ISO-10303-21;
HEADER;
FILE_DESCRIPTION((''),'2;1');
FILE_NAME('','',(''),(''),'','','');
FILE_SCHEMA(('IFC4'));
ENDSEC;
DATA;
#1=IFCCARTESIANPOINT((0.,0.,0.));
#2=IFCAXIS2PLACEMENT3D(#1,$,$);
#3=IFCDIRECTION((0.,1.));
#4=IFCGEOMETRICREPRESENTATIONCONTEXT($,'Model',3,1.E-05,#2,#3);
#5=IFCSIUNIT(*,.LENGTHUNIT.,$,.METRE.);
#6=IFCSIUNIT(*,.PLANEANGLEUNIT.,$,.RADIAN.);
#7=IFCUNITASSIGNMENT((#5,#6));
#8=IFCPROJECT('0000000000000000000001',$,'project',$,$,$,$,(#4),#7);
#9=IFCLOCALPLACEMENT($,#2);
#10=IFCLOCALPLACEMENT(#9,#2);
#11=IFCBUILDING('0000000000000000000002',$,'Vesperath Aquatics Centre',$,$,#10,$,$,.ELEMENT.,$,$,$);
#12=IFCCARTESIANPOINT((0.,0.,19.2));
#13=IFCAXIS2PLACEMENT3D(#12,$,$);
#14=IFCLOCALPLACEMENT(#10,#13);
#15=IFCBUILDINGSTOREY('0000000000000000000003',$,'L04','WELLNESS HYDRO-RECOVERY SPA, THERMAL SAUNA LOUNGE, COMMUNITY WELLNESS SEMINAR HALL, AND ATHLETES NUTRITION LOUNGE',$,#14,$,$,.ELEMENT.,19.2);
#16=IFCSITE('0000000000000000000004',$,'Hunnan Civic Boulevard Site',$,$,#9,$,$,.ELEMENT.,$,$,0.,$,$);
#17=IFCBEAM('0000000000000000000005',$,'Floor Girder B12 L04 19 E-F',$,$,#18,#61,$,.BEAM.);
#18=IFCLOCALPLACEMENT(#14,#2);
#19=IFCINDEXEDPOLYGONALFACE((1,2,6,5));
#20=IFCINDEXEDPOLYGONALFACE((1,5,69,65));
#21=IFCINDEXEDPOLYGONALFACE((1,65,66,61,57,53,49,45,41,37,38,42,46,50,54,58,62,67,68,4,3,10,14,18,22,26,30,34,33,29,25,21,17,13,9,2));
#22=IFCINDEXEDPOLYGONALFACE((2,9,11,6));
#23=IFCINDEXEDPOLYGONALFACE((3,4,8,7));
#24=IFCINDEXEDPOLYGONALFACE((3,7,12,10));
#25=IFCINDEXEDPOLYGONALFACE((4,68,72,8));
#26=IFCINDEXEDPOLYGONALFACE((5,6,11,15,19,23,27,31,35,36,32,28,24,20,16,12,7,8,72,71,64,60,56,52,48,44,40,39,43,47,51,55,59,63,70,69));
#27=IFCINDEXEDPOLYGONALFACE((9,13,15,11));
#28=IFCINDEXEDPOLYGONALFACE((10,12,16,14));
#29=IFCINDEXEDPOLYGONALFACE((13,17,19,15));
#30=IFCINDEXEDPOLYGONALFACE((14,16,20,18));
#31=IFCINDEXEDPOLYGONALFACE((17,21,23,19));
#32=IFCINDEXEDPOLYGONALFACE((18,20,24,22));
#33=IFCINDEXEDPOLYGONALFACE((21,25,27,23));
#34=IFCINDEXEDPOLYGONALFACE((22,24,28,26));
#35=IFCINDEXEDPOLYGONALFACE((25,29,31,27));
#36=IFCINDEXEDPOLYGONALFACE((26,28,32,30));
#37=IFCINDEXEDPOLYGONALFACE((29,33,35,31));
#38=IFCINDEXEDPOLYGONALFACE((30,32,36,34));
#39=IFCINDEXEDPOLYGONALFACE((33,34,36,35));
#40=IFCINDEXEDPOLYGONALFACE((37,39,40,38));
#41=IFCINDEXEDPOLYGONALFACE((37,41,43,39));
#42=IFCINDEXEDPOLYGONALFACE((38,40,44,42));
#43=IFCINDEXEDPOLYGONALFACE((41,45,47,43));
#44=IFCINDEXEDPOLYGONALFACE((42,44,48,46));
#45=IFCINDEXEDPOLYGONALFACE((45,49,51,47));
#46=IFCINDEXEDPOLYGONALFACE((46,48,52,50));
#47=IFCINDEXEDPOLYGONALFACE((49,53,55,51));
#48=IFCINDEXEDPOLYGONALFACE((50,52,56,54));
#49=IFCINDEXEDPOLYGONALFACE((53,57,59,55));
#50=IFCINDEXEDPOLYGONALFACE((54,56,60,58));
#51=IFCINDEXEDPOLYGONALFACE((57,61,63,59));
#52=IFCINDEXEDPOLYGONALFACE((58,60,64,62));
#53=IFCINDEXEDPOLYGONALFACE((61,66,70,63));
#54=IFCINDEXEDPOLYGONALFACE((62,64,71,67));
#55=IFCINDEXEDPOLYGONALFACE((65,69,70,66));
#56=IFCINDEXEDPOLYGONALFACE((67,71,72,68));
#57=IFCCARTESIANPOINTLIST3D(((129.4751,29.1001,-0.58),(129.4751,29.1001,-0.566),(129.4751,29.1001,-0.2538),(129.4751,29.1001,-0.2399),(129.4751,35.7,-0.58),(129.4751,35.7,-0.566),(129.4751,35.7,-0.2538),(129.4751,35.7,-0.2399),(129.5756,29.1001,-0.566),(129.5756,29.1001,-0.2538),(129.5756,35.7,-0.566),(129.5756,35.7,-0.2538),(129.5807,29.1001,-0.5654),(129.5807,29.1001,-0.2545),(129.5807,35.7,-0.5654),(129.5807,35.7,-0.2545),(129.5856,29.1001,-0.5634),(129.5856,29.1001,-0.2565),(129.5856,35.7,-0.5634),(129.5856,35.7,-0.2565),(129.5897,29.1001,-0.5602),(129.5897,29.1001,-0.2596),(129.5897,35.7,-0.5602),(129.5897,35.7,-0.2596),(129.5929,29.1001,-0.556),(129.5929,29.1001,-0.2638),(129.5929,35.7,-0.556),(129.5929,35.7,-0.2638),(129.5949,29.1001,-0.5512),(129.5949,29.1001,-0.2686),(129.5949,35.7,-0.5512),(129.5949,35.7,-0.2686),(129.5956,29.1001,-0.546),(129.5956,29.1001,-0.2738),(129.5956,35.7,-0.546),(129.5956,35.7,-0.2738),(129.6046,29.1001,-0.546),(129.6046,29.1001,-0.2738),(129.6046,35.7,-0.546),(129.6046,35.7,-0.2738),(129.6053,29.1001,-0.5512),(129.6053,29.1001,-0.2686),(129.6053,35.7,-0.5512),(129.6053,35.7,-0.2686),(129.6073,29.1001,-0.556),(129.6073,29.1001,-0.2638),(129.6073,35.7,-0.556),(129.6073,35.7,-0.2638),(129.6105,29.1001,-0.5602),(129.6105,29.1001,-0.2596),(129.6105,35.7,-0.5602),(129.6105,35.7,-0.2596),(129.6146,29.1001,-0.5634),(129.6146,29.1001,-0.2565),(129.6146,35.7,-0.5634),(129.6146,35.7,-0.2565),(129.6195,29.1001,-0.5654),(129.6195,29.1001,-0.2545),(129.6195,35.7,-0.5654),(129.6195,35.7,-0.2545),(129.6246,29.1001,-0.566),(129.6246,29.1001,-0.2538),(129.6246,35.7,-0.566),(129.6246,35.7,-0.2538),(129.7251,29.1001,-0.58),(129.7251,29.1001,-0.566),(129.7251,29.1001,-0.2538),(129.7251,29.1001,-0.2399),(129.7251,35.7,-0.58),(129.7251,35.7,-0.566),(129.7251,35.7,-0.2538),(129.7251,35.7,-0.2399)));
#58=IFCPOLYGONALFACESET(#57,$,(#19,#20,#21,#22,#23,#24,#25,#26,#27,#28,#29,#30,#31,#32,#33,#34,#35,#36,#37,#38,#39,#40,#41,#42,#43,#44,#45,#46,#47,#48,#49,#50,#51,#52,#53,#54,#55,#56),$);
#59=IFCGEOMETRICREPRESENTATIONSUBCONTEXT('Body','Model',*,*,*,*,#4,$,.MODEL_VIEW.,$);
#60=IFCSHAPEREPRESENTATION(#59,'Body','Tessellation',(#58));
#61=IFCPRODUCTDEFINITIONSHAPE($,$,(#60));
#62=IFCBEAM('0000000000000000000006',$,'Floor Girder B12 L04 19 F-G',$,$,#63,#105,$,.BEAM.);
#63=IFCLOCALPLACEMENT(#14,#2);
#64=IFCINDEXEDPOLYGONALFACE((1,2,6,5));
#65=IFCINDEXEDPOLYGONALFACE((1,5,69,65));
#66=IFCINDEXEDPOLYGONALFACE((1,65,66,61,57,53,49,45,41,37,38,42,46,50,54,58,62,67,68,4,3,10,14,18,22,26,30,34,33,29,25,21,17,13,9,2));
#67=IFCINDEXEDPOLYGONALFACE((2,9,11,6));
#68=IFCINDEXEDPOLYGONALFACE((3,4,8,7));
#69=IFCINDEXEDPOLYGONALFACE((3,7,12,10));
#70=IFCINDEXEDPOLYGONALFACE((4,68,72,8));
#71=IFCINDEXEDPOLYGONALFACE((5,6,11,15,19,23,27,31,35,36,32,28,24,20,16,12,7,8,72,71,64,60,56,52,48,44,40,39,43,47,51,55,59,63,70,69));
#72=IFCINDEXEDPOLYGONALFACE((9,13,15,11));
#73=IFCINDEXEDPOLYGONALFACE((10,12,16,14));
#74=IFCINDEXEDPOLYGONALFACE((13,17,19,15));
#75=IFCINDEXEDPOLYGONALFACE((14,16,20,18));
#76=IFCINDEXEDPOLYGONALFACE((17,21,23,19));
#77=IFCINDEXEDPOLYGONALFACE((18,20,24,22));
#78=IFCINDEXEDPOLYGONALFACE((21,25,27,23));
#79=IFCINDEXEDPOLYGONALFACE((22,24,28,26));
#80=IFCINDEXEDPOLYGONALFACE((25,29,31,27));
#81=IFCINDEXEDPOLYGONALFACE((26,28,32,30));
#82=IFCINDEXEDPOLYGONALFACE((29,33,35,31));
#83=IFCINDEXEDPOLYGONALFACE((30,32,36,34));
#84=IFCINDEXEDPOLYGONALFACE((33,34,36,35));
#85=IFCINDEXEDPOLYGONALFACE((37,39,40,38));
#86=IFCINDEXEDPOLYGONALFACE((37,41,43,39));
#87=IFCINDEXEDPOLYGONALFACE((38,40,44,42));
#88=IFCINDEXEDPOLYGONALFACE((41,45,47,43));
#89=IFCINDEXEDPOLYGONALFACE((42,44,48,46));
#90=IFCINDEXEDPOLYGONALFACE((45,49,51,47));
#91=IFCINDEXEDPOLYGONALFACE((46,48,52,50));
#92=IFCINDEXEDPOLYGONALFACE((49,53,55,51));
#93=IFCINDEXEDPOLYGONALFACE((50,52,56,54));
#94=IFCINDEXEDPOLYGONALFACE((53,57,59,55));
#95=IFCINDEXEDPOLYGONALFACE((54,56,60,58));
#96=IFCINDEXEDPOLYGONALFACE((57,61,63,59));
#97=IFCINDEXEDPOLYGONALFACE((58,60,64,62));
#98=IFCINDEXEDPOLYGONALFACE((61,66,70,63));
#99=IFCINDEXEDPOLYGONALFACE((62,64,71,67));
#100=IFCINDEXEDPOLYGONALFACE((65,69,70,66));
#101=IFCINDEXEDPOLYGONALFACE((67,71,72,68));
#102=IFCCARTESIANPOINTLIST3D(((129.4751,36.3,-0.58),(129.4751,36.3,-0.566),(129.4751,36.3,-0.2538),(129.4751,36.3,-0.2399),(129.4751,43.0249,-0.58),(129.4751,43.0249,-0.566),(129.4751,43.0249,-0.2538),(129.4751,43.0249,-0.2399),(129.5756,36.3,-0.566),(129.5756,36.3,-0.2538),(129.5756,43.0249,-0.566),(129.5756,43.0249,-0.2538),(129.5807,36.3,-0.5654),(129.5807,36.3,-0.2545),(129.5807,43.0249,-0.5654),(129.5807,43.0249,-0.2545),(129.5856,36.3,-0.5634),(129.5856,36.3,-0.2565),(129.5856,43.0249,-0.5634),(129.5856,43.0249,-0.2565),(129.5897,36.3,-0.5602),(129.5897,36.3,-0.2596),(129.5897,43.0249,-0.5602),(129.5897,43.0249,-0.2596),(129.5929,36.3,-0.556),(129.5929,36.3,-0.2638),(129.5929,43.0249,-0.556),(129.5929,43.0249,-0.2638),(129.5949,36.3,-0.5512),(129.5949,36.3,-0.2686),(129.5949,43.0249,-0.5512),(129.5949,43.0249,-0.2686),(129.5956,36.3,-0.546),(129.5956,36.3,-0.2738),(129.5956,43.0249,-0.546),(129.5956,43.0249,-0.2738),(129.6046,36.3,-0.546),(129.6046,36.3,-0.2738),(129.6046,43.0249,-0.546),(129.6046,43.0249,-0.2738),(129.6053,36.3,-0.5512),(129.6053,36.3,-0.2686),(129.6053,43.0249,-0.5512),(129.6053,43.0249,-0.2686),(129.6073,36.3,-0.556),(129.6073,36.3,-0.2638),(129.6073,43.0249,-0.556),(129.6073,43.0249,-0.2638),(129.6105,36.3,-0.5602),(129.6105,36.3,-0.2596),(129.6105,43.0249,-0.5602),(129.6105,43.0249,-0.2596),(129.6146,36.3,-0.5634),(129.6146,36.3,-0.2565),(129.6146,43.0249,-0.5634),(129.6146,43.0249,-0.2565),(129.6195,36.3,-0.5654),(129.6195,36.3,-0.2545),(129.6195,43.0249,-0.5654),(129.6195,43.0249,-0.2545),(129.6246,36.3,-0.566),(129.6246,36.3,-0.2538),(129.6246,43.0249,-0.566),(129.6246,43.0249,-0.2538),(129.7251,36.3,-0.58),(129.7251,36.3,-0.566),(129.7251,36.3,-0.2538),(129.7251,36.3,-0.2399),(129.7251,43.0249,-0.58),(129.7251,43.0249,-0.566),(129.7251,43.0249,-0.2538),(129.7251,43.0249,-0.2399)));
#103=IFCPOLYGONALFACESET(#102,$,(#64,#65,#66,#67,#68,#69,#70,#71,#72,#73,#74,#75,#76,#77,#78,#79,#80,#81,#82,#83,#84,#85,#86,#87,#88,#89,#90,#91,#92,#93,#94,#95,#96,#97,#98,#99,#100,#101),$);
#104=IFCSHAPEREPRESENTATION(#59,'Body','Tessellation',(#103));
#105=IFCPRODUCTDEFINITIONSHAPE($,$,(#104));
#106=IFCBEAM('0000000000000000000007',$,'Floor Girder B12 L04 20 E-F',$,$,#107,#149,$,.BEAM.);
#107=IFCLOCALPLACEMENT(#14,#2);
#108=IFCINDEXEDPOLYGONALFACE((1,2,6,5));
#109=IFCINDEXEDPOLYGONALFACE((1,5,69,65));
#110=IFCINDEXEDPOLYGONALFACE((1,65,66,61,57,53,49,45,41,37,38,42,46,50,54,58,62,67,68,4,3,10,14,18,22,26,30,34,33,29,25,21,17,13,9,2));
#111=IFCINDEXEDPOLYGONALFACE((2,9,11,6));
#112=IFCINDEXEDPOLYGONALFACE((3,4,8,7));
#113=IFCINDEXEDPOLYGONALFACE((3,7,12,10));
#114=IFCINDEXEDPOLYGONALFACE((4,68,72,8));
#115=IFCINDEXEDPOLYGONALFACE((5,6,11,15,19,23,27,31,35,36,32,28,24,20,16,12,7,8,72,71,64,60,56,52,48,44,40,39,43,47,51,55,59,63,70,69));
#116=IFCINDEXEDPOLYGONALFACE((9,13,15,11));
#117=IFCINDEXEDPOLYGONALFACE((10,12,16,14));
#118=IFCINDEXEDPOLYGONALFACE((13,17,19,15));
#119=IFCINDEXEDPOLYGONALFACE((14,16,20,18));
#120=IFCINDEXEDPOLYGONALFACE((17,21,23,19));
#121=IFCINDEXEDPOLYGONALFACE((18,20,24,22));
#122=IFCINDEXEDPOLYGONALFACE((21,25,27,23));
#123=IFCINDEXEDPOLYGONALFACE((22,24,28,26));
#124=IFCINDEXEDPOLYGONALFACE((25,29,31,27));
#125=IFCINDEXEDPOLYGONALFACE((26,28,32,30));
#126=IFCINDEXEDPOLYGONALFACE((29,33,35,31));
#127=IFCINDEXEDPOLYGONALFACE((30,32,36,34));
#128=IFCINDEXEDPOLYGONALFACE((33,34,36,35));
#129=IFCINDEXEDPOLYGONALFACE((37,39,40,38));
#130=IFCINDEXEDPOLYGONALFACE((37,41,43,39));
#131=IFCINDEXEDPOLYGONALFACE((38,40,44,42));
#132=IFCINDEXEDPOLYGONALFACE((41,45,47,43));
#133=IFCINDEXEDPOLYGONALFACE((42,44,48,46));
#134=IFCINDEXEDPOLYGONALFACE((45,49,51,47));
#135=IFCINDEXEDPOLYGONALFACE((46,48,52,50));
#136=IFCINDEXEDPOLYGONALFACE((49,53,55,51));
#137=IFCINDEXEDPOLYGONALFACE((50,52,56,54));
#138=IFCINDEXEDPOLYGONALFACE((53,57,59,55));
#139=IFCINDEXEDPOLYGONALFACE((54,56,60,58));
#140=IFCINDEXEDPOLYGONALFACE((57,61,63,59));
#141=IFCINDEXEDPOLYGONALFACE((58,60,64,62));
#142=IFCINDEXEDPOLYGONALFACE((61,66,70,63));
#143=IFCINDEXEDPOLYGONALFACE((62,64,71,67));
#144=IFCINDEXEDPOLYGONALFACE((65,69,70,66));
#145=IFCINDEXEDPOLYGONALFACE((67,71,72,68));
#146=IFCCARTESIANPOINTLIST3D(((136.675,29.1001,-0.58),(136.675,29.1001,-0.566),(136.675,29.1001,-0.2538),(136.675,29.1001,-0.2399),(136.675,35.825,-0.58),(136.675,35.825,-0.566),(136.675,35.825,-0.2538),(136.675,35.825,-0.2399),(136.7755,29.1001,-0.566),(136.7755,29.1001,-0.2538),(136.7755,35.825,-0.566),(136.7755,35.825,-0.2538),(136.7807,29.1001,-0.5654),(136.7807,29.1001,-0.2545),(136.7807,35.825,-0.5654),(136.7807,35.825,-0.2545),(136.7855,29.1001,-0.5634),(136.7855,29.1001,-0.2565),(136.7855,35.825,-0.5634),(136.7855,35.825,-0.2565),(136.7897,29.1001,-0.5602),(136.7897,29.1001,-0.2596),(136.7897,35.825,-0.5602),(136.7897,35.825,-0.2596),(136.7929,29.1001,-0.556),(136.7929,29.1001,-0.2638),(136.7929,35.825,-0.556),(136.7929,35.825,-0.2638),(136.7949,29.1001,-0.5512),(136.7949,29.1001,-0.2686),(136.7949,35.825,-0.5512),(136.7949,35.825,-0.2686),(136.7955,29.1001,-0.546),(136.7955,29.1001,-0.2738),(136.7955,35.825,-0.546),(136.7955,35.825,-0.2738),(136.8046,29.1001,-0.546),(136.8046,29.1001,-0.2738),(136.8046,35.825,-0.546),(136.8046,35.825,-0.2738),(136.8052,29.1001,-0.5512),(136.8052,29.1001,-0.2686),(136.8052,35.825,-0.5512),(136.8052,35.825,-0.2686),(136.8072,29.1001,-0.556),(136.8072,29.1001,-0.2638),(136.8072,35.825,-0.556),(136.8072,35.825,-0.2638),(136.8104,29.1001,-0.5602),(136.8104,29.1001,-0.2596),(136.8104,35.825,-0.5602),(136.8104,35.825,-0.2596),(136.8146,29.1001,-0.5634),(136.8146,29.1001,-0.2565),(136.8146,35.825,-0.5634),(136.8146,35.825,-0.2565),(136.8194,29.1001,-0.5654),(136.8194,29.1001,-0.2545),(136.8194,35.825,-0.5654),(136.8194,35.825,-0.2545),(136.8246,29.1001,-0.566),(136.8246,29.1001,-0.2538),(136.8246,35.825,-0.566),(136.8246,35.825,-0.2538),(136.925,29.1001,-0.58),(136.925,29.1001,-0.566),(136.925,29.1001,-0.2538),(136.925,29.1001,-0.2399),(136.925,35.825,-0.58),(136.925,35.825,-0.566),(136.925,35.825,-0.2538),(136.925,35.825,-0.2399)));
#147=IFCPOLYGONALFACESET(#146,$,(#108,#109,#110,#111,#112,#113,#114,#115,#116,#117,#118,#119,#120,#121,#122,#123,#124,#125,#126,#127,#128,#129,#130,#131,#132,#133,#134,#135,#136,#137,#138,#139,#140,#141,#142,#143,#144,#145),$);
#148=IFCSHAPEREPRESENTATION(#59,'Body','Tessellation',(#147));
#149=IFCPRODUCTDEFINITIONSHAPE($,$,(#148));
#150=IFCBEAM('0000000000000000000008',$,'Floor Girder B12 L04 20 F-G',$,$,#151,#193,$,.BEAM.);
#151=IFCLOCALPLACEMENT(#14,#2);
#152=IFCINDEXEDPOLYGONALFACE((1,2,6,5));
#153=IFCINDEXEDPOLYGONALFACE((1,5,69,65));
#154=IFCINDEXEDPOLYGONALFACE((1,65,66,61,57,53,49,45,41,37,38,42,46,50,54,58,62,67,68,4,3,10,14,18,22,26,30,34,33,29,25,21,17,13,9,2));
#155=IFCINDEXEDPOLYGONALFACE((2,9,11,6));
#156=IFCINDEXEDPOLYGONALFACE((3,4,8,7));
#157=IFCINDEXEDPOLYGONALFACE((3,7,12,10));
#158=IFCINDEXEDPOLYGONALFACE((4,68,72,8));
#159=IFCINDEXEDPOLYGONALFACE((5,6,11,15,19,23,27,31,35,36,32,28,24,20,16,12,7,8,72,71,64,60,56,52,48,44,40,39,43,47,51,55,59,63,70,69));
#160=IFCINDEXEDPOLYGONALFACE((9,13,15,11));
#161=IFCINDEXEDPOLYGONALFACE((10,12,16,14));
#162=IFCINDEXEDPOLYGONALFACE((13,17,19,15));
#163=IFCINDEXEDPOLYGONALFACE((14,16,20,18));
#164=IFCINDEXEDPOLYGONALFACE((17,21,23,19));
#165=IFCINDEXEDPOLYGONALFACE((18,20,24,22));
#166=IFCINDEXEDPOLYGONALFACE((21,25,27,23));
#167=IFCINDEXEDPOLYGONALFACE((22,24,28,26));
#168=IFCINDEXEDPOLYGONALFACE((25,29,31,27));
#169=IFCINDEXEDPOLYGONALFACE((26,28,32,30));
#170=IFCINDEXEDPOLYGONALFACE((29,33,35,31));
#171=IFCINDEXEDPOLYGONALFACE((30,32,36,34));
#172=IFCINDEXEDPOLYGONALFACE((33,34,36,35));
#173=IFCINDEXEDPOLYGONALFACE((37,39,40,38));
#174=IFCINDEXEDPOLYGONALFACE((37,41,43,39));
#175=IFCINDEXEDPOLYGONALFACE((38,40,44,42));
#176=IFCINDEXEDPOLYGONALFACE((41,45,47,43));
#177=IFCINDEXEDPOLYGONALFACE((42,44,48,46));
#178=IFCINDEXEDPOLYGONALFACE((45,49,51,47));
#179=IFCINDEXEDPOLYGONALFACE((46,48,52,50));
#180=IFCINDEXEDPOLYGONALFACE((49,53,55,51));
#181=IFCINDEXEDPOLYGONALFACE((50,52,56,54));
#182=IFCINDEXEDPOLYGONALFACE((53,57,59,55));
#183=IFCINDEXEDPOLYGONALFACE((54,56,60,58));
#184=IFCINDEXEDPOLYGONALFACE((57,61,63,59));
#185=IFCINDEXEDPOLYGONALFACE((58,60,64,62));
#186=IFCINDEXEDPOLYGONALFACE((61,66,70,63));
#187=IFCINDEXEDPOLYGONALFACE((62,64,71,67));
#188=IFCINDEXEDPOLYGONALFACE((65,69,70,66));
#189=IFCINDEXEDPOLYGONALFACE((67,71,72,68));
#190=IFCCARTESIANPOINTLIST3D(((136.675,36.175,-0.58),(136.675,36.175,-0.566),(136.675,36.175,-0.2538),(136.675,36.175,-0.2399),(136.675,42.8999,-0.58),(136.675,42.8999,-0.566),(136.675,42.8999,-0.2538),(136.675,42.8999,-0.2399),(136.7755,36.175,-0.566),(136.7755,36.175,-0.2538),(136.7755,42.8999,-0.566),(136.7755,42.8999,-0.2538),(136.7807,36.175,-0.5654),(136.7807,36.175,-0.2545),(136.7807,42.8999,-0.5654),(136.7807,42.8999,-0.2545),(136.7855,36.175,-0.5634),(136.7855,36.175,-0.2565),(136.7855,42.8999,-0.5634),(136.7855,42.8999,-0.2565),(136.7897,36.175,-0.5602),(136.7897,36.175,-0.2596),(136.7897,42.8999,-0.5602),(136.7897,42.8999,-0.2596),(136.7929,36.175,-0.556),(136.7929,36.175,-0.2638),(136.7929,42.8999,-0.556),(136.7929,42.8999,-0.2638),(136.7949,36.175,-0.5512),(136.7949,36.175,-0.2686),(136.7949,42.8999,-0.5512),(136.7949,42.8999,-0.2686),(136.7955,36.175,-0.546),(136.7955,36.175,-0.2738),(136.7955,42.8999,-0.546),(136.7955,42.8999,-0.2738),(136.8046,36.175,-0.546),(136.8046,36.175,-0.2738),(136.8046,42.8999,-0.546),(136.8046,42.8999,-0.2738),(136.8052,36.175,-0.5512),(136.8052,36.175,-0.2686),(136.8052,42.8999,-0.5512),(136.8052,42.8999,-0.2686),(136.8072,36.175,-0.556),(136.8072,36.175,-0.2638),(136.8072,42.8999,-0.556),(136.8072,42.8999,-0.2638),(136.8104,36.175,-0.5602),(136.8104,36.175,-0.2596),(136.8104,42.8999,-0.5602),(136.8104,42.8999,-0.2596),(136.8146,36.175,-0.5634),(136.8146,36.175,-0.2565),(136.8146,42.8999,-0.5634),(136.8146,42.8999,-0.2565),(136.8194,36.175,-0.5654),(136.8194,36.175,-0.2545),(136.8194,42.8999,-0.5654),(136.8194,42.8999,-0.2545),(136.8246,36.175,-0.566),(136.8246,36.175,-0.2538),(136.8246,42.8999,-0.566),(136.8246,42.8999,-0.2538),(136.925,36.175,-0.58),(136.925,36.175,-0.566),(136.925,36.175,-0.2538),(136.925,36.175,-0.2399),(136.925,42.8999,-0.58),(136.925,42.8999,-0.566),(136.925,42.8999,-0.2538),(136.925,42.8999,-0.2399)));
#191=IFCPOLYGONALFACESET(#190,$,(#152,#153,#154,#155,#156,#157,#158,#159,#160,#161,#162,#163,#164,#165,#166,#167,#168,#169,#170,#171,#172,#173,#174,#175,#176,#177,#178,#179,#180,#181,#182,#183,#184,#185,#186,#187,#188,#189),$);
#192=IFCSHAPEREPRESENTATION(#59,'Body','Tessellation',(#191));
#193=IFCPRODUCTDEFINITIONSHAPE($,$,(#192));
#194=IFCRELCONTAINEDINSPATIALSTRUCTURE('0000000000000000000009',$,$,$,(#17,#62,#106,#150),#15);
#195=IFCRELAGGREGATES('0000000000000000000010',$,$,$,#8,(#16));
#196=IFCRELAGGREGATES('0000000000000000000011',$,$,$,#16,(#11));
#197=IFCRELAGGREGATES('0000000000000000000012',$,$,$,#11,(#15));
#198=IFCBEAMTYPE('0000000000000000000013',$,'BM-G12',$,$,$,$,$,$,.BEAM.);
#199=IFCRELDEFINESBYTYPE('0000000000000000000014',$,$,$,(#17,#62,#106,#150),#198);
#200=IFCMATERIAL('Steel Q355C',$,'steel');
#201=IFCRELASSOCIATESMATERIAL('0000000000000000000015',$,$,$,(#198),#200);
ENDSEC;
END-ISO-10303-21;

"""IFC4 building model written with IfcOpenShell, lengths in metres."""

from ifc_helpers import new_model, si_unit, direction, frame, origin, origin_2d, place, context, subcontext, project, spatial, i_section, extrude, material, material_profile, profile_set, type_object, element, save


model = new_model("IFC4")

# Units and contexts
model_context = context("Model", 3, precision=1e-05, world=origin(), true_north=direction((0.0, 1.0)))
body_context = subcontext(model_context, "Body", "Model", "MODEL_VIEW")
ifc_project = project(units=[si_unit("LENGTHUNIT", "METRE"), si_unit("PLANEANGLEUNIT", "RADIAN")], contexts=[model_context])

# Site, building, storey
site_placement = place(None, origin())
site = spatial("IfcSite", under=ifc_project, at=site_placement, Name="Hunnan Civic Boulevard Site", CompositionType="ELEMENT", RefElevation=0.0)
building_placement = place(site_placement, origin())
building = spatial("IfcBuilding", under=site, at=building_placement, Name="Vesperath Aquatics Centre", CompositionType="ELEMENT")
storey_placement = place(building_placement, frame((0.0, 0.0, 19.2)))
storey = spatial("IfcBuildingStorey", under=building, at=storey_placement, Name="L04", Description="WELLNESS HYDRO-RECOVERY SPA, THERMAL SAUNA LOUNGE, COMMUNITY WELLNESS SEMINAR HALL, AND ATHLETES NUTRITION LOUNGE", CompositionType="ELEMENT", Elevation=19.2)

# Shared definitions
ifc_material_1 = material(Name="Steel Q355C", Category="steel")

# Beams
ifc_material_profile_1 = material_profile(ifc_material_1, i_section(OverallWidth=0.25, OverallDepth=0.3401, WebThickness=0.009, FlangeThickness=0.0139, FilletRadius=0.02, at=origin_2d()), Name="HM 340x250x9x14")
ifc_profile_set_1 = profile_set([ifc_material_profile_1], Name="Steel Q355C")
beam_type_1 = type_object("IfcBeamType", Name="BM-G12", PredefinedType="BEAM", material=ifc_profile_set_1)
for number, where, z_axis, x_axis, name in (
    (1, (129.6001, 29.1001, -0.4099), (0.0, 1.0, 0.0), (-1.0, 0.0, 0.0), "Floor Girder B12 L04 19 E-F"),
):
    element("IfcBeam", number, at=place(storey_placement, frame(where, z_axis=z_axis, x_axis=x_axis)), inside=storey, type_object=beam_type_1, Name=name, PredefinedType="BEAM", context=body_context, shape_type="SweptSolid", body=[
        extrude(i_section(OverallWidth=0.25, OverallDepth=0.3401, WebThickness=0.009, FlangeThickness=0.0139, FilletRadius=0.02, at=origin_2d()), origin(), (0.0, 0.0, 1.0), 6.5999),
    ])
for number, where, z_axis, x_axis, name in (
    (2, (129.6001, 36.3, -0.4099), (0.0, 1.0, 0.0), (-1.0, 0.0, 0.0), "Floor Girder B12 L04 19 F-G"),
    (3, (136.8, 29.1001, -0.4099), (0.0, 1.0, 0.0), (-1.0, 0.0, 0.0), "Floor Girder B12 L04 20 E-F"),
    (4, (136.8, 36.175, -0.4099), (0.0, 1.0, 0.0), (-1.0, 0.0, 0.0), "Floor Girder B12 L04 20 F-G"),
):
    element("IfcBeam", number, at=place(storey_placement, frame(where, z_axis=z_axis, x_axis=x_axis)), inside=storey, type_object=beam_type_1, Name=name, PredefinedType="BEAM", context=body_context, shape_type="SweptSolid", body=[
        extrude(i_section(OverallWidth=0.25, OverallDepth=0.3401, WebThickness=0.009, FlangeThickness=0.0139, FilletRadius=0.02, at=origin_2d()), origin(), (0.0, 0.0, 1.0), 6.7249),
    ])

save(model, "model.ifc")
